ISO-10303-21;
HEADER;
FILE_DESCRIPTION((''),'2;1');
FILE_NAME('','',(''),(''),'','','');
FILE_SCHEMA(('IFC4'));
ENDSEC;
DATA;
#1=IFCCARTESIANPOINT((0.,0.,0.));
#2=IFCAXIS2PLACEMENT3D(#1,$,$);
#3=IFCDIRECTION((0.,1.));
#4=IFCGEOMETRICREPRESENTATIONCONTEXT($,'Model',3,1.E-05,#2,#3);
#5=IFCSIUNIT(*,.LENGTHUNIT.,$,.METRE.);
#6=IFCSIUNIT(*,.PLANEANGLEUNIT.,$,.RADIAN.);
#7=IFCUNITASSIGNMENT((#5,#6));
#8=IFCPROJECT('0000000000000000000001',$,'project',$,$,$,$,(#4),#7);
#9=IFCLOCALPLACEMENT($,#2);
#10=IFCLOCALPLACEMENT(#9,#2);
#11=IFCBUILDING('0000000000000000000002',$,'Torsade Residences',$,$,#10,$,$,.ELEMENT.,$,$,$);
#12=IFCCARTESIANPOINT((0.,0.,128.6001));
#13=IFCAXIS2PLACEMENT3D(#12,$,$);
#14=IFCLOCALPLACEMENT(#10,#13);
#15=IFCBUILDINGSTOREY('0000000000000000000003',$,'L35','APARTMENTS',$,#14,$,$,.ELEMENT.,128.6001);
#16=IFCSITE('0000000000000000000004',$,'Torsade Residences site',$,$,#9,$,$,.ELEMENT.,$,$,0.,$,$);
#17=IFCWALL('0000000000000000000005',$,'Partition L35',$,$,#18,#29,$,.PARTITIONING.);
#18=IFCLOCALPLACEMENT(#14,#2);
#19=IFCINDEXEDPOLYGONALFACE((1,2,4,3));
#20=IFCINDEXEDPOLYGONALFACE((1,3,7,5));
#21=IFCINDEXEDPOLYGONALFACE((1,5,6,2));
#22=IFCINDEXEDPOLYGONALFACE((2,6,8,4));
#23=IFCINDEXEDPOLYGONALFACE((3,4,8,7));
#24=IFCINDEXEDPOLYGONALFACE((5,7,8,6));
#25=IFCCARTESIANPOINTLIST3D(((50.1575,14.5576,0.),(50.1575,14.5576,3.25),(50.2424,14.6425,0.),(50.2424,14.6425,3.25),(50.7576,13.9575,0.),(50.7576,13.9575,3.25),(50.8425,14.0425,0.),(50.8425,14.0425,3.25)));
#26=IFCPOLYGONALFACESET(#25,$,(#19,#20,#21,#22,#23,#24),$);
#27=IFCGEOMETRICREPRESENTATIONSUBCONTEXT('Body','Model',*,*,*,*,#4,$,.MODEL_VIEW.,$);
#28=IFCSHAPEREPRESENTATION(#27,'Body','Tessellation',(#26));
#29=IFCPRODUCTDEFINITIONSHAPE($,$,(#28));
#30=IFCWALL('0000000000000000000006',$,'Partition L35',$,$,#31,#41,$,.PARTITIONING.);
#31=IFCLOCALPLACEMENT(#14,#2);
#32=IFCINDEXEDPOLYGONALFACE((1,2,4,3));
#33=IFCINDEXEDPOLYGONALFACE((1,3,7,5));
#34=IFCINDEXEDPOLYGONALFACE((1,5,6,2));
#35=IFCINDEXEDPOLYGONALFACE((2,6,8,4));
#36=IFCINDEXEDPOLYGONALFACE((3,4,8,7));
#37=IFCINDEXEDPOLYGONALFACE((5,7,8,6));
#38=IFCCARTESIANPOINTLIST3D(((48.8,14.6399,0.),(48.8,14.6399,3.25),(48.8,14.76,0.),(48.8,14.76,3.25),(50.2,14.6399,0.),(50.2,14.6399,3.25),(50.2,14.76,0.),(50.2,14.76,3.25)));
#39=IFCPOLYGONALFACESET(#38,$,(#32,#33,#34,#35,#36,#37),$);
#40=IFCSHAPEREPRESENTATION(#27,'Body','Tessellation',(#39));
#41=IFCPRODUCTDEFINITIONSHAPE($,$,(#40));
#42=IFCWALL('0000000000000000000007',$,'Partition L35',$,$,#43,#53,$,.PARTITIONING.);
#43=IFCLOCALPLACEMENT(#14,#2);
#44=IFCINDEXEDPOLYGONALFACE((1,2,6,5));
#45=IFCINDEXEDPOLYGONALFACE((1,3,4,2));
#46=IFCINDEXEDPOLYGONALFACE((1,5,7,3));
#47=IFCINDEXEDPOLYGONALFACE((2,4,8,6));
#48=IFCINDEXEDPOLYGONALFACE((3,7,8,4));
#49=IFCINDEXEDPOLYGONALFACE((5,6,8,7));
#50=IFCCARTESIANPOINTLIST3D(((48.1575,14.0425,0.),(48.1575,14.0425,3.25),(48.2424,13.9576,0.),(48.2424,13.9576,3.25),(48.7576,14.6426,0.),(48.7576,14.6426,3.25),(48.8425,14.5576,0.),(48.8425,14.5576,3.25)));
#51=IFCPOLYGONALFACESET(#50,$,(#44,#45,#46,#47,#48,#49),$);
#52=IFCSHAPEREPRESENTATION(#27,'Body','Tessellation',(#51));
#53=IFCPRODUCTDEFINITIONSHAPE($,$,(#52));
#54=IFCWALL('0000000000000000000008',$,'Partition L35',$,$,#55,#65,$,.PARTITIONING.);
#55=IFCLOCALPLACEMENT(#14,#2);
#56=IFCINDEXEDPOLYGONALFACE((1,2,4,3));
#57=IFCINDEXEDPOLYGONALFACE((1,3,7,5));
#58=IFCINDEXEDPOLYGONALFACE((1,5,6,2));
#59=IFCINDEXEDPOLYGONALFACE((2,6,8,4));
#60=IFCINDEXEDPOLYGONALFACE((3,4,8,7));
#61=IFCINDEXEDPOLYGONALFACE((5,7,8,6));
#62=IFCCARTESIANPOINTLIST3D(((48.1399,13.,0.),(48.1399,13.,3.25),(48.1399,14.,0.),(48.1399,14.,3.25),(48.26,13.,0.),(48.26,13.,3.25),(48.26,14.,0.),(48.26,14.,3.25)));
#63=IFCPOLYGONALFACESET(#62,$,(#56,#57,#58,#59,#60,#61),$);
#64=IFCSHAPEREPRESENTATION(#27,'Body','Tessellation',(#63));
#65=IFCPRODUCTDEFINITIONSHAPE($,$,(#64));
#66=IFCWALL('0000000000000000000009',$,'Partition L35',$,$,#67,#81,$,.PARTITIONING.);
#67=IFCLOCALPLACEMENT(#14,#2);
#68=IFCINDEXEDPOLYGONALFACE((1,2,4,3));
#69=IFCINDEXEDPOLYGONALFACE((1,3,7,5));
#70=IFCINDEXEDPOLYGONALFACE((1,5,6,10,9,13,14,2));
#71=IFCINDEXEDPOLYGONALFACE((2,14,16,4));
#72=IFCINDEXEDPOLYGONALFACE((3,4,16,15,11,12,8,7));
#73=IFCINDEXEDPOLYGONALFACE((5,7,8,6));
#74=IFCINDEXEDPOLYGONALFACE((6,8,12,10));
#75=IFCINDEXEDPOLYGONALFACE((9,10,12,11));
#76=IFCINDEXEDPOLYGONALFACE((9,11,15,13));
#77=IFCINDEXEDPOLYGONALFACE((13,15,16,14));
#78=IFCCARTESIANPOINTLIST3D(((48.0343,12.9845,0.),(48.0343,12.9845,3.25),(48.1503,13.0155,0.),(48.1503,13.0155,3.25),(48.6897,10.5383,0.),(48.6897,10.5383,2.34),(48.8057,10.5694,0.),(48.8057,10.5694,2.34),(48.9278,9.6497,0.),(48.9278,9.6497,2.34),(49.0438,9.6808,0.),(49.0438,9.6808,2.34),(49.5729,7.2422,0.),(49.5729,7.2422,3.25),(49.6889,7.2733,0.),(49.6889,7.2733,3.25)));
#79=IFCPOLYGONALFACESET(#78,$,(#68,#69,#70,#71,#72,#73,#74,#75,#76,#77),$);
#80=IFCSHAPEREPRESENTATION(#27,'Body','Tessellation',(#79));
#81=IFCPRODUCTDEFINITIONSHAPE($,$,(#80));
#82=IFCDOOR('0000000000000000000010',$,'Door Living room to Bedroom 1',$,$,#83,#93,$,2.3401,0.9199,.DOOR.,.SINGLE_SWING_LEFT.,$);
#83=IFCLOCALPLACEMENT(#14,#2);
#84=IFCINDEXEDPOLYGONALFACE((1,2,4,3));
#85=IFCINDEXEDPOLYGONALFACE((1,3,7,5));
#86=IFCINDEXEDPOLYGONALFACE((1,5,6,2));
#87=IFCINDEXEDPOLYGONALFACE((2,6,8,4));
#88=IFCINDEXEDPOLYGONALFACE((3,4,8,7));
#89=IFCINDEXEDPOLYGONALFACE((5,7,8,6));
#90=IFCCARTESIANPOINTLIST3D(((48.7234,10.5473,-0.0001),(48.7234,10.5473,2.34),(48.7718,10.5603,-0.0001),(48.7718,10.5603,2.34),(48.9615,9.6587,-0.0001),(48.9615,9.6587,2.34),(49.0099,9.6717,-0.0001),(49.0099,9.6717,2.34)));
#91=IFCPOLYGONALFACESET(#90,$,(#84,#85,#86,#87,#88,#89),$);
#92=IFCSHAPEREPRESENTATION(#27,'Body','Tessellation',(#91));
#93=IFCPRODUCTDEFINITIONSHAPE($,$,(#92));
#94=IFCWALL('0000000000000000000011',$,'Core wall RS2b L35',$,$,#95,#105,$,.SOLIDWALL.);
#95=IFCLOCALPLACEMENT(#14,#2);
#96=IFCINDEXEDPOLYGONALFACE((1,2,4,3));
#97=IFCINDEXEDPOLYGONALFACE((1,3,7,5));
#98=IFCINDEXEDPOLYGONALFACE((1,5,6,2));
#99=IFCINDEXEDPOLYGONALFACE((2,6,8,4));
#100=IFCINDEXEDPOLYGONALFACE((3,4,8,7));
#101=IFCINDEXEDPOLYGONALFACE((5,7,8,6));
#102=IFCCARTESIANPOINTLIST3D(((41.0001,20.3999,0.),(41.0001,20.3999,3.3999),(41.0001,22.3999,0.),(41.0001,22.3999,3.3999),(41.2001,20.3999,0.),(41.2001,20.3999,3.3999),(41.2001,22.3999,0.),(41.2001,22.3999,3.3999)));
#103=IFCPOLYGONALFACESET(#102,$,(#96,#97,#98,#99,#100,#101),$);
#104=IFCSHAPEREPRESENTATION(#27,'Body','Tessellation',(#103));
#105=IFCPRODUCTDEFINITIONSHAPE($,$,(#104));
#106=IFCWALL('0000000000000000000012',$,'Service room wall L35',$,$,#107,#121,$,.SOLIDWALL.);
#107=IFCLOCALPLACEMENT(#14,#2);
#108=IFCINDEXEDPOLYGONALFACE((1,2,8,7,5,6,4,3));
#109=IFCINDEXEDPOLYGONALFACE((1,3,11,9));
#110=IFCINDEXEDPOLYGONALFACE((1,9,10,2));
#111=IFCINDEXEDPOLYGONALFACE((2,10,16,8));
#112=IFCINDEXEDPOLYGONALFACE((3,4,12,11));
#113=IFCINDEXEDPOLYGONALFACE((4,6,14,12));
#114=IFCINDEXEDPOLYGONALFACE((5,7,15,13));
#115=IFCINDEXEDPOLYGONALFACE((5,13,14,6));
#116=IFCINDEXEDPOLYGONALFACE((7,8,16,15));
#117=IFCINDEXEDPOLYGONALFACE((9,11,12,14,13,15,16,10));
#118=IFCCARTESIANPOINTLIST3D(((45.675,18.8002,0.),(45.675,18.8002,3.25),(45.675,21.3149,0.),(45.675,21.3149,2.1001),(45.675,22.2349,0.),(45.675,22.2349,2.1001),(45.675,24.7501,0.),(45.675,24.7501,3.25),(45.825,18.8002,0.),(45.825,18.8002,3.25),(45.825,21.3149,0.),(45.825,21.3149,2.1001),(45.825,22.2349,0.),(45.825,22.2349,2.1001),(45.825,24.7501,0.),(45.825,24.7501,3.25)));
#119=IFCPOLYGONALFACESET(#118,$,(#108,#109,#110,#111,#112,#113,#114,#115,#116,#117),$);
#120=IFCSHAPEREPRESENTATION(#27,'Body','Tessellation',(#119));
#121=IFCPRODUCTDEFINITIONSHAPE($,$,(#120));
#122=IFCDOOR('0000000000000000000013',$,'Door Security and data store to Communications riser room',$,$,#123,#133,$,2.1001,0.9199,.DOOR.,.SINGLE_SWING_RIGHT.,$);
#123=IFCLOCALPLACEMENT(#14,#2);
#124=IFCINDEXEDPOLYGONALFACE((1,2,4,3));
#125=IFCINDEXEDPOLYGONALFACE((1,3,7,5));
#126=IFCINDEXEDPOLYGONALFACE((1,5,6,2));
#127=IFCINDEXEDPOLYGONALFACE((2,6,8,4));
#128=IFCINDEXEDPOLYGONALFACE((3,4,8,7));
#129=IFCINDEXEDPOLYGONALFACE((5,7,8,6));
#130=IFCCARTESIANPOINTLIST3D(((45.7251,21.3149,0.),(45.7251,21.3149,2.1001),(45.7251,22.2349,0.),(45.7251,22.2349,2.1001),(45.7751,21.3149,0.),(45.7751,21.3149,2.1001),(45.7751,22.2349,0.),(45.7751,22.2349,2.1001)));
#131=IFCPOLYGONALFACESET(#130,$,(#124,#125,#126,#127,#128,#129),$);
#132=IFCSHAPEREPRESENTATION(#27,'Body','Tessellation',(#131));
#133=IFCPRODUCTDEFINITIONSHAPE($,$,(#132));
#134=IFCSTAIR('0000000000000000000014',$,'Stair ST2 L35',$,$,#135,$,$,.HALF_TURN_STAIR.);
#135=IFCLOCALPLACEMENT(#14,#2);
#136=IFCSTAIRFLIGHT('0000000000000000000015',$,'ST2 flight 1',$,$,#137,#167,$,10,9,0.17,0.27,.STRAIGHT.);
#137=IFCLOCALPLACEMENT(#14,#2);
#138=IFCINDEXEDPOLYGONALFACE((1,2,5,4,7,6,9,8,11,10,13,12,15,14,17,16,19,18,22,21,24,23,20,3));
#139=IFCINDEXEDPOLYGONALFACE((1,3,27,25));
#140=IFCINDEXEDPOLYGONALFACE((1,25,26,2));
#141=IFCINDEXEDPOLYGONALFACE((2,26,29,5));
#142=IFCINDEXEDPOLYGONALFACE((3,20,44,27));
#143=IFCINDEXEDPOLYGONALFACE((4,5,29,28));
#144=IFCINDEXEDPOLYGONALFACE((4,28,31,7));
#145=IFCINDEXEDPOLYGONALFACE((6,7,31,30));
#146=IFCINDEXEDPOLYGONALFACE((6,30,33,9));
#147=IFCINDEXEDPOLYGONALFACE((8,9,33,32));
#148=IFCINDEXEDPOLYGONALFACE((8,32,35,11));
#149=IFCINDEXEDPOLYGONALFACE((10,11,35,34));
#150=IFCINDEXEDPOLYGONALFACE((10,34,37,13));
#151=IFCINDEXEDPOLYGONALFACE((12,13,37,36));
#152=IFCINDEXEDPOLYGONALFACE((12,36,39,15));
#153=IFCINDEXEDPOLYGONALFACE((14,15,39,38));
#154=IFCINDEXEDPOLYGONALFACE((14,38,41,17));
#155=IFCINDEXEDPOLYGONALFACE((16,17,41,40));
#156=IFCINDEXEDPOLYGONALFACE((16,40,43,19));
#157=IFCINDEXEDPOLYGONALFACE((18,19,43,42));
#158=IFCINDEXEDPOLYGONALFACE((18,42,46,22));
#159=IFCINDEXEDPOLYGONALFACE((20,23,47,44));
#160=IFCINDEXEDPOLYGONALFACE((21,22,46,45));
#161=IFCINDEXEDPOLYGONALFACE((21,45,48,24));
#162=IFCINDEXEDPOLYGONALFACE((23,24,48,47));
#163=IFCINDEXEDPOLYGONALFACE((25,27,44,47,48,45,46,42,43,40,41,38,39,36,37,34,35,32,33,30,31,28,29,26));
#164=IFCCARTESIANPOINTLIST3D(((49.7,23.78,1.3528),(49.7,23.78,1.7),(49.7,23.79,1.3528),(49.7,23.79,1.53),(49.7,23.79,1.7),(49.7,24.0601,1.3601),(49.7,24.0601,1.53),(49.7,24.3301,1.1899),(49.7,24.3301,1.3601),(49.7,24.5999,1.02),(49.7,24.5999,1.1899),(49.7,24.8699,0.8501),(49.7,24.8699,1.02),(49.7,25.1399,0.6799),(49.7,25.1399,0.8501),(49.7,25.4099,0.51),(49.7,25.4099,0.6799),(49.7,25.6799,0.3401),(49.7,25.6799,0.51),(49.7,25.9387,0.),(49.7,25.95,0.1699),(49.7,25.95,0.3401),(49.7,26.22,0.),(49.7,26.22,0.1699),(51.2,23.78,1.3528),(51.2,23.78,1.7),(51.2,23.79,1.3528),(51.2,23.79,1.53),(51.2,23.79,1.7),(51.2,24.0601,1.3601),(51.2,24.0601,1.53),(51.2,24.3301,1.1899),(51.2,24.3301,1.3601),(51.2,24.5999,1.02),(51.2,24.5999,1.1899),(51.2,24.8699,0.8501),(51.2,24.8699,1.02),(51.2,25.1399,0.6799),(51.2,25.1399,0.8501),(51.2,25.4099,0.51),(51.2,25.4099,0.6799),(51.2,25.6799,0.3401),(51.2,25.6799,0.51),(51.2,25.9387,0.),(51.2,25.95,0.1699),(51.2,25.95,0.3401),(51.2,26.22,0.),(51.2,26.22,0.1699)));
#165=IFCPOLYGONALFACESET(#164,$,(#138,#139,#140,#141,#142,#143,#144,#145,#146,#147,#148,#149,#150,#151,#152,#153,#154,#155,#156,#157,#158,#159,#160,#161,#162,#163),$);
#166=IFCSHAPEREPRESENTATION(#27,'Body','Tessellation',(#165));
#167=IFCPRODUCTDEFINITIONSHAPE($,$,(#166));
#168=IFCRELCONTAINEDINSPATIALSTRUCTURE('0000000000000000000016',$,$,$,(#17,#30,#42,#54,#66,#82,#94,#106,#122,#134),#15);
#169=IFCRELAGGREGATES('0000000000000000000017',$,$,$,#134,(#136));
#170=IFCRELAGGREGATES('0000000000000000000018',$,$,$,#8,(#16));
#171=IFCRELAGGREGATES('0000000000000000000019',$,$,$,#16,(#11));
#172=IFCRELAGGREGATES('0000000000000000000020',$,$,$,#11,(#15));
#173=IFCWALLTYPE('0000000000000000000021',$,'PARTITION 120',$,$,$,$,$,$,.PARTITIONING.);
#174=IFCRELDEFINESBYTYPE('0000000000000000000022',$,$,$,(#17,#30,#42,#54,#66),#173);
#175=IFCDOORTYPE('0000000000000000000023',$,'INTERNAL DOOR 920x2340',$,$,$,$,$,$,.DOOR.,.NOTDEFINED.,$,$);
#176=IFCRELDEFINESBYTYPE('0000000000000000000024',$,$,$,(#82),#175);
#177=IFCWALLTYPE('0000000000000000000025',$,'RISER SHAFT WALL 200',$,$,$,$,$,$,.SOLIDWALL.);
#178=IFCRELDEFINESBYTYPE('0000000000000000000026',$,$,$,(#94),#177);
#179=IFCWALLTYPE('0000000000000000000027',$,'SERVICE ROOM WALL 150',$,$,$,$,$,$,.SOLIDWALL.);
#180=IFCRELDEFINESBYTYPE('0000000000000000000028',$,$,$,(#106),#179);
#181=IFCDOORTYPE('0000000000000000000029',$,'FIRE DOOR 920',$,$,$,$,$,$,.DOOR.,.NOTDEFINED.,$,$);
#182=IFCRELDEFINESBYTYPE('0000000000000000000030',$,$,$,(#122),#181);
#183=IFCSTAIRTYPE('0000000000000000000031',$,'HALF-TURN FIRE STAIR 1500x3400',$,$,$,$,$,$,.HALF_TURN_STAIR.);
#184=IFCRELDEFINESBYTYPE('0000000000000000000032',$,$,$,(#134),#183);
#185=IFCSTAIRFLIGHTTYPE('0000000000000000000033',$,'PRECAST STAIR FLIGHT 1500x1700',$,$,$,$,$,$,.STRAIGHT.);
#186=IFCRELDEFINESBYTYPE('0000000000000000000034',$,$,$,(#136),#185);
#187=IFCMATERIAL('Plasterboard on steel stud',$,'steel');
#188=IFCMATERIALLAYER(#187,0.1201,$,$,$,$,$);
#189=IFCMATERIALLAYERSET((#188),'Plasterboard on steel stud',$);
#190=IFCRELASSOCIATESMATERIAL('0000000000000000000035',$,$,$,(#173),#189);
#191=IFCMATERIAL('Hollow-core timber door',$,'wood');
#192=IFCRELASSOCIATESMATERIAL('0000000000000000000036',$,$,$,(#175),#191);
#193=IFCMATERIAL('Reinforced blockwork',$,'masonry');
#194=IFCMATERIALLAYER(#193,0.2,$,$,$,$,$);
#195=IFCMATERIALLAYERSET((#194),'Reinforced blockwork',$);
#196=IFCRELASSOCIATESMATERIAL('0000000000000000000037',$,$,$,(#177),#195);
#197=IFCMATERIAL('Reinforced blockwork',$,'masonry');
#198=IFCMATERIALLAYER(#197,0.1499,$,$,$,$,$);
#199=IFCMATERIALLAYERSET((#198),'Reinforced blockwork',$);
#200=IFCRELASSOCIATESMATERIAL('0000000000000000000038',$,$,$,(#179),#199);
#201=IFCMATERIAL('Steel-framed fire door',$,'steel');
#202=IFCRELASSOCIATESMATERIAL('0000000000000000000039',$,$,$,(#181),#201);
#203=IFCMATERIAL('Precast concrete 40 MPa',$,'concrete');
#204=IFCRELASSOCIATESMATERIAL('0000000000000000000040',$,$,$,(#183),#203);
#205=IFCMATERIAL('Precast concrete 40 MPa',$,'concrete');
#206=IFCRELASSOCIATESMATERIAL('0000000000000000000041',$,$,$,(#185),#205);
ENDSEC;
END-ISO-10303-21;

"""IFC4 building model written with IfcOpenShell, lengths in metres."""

from ifc_helpers import new_model, si_unit, direction, frame, frame_2d, origin, place, context, subcontext, project, spatial, polyline, rectangle, outline, extrude, material, layer, layer_set, type_object, element, fill, aggregate, save


model = new_model("IFC4")

# Units and contexts
model_context = context("Model", 3, precision=1e-05, world=origin(), true_north=direction((0.0, 1.0)))
body_context = subcontext(model_context, "Body", "Model", "MODEL_VIEW")
ifc_project = project(units=[si_unit("LENGTHUNIT", "METRE"), si_unit("PLANEANGLEUNIT", "RADIAN")], contexts=[model_context])

# Site, building, storey
site_placement = place(None, origin())
site = spatial("IfcSite", under=ifc_project, at=site_placement, Name="Torsade Residences site", CompositionType="ELEMENT", RefElevation=0.0)
building_placement = place(site_placement, origin())
building = spatial("IfcBuilding", under=site, at=building_placement, Name="Torsade Residences", CompositionType="ELEMENT")
storey_placement = place(building_placement, frame((0.0, 0.0, 128.6001)))
storey = spatial("IfcBuildingStorey", under=building, at=storey_placement, Name="L35", Description="APARTMENTS", CompositionType="ELEMENT", Elevation=128.6001)

# Shared definitions
ifc_material_1 = material(Name="Plasterboard on steel stud", Category="steel")
ifc_layer_1 = layer(ifc_material_1, 0.1201)
ifc_layer_set_1 = layer_set([ifc_layer_1], Name="Plasterboard on steel stud")
wall_type_1 = type_object("IfcWallType", Name="PARTITION 120", PredefinedType="PARTITIONING", material=ifc_layer_set_1)

# Walls
wall_1_placement = place(storey_placement, frame((50.8, 14.0, 0.0), z_axis=(0.0, 0.0, 1.0), x_axis=(-0.707107, 0.707107, 0.0)))
element("IfcWall", 1, at=wall_1_placement, inside=storey, type_object=wall_type_1, Name="Partition L35", PredefinedType="PARTITIONING", context=body_context, shape_type="SweptSolid", body=[
    extrude(rectangle(XDim=0.8486, YDim=0.1201, at=frame_2d((0.4243, 0.0))), origin(), (0.0, 0.0, 1.0), 3.25),
])
wall_2_placement = place(storey_placement, frame((50.2, 14.7, 0.0), z_axis=(0.0, 0.0, 1.0), x_axis=(-1.0, 0.0, 0.0)))
element("IfcWall", 2, at=wall_2_placement, inside=storey, type_object=wall_type_1, Name="Partition L35", PredefinedType="PARTITIONING", context=body_context, shape_type="SweptSolid", body=[
    extrude(rectangle(XDim=1.3999, YDim=0.1201, at=frame_2d((0.7, 0.0))), origin(), (0.0, 0.0, 1.0), 3.25),
])
wall_3_placement = place(storey_placement, frame((48.8, 14.6001, 0.0), z_axis=(0.0, 0.0, 1.0), x_axis=(-0.707107, -0.707107, 0.0)))
element("IfcWall", 3, at=wall_3_placement, inside=storey, type_object=wall_type_1, Name="Partition L35", PredefinedType="PARTITIONING", context=body_context, shape_type="SweptSolid", body=[
    extrude(rectangle(XDim=0.8486, YDim=0.1201, at=frame_2d((0.4243, 0.0))), origin(), (0.0, 0.0, 1.0), 3.25),
])
wall_4_placement = place(storey_placement, frame((48.2, 14.0, 0.0), z_axis=(0.0, 0.0, 1.0), x_axis=(0.0, -1.0, 0.0)))
element("IfcWall", 4, at=wall_4_placement, inside=storey, type_object=wall_type_1, Name="Partition L35", PredefinedType="PARTITIONING", context=body_context, shape_type="SweptSolid", body=[
    extrude(rectangle(XDim=1.0, YDim=0.1201, at=frame_2d((0.5, 0.0))), origin(), (0.0, 0.0, 1.0), 3.25),
])

# Wall, opening, door
wall_5_placement = place(storey_placement, frame((48.0923, 13.0, 0.0), z_axis=(0.0, 0.0, 1.0), x_axis=(0.258813, -0.965928, 0.0)))
wall_5 = element("IfcWall", 5, at=wall_5_placement, inside=storey, type_object=wall_type_1, Name="Partition L35", PredefinedType="PARTITIONING", context=body_context, shape_type="SweptSolid", body=[
    extrude(rectangle(XDim=5.9448, YDim=0.1201, at=frame_2d((2.9724, 0.0))), origin(), (0.0, 0.0, 1.0), 3.25),
])
opening_1_placement = place(wall_5_placement, frame((2.5325, 0.0, 0.0)))
opening_1 = element("IfcOpeningElement", 6, at=opening_1_placement, cuts=wall_5, PredefinedType="OPENING", context=body_context, shape_type="SweptSolid", body=[
    extrude(rectangle(XDim=0.9199, YDim=2.3401, at=frame_2d((0.46, 1.1699))), frame((0.0, 0.0701, 0.0), z_axis=(0.0, -1.0, 0.0), x_axis=(1.0, 0.0, 0.0)), (0.0, 0.0, 1.0), 0.1401),
])
ifc_material_2 = material(Name="Hollow-core timber door", Category="wood")
door_type_1 = type_object("IfcDoorType", Name="INTERNAL DOOR 920x2340", OperationType="NOTDEFINED", PredefinedType="DOOR", material=ifc_material_2)
door_1_placement = place(opening_1_placement, origin())
door_1 = element("IfcDoor", 7, at=door_1_placement, inside=storey, type_object=door_type_1, Name="Door Living room to Bedroom 1", OperationType="SINGLE_SWING_LEFT", OverallHeight=2.3401, OverallWidth=0.9199, PredefinedType="DOOR", context=body_context, shape_type="SweptSolid", body=[
    extrude(rectangle(XDim=0.9199, YDim=2.3401, at=frame_2d((0.46, 1.1699))), frame((0.0, 0.0249, 0.0), z_axis=(0.0, -1.0, 0.0), x_axis=(1.0, 0.0, 0.0)), (0.0, 0.0, 1.0), 0.05),
])
fill(opening_1, door_1)

# Wall
ifc_material_3 = material(Name="Reinforced blockwork", Category="masonry")
ifc_layer_2 = layer(ifc_material_3, 0.2)
ifc_layer_set_2 = layer_set([ifc_layer_2], Name="Reinforced blockwork")
wall_type_2 = type_object("IfcWallType", Name="RISER SHAFT WALL 200", PredefinedType="SOLIDWALL", material=ifc_layer_set_2)
wall_6_placement = place(storey_placement, frame((41.1001, 22.3999, 0.0), z_axis=(0.0, 0.0, 1.0), x_axis=(0.0, -1.0, 0.0)))
element("IfcWall", 8, at=wall_6_placement, inside=storey, type_object=wall_type_2, Name="Core wall RS2b L35", PredefinedType="SOLIDWALL", context=body_context, shape_type="SweptSolid", body=[
    extrude(rectangle(XDim=2.0, YDim=0.2, at=frame_2d((1.0, 0.0))), origin(), (0.0, 0.0, 1.0), 3.3999),
])

# Wall, opening, door
ifc_material_4 = material(Name="Reinforced blockwork", Category="masonry")
ifc_layer_3 = layer(ifc_material_4, 0.1499)
ifc_layer_set_3 = layer_set([ifc_layer_3], Name="Reinforced blockwork")
wall_type_3 = type_object("IfcWallType", Name="SERVICE ROOM WALL 150", PredefinedType="SOLIDWALL", material=ifc_layer_set_3)
wall_7_placement = place(storey_placement, frame((45.75, 18.8, 0.0), z_axis=(0.0, 0.0, 1.0), x_axis=(0.0, 1.0, 0.0)))
wall_7 = element("IfcWall", 9, at=wall_7_placement, inside=storey, type_object=wall_type_3, Name="Service room wall L35", PredefinedType="SOLIDWALL", context=body_context, shape_type="SweptSolid", body=[
    extrude(rectangle(XDim=5.95, YDim=0.1499, at=frame_2d((2.9751, 0.0))), origin(), (0.0, 0.0, 1.0), 3.25),
])
opening_2_placement = place(wall_7_placement, frame((2.5149, 0.0, 0.0)))
opening_2 = element("IfcOpeningElement", 10, at=opening_2_placement, cuts=wall_7, PredefinedType="OPENING", context=body_context, shape_type="SweptSolid", body=[
    extrude(rectangle(XDim=0.9199, YDim=2.1001, at=frame_2d((0.46, 1.05))), frame((0.0, 0.085, 0.0), z_axis=(0.0, -1.0, 0.0), x_axis=(1.0, 0.0, 0.0)), (0.0, 0.0, 1.0), 0.1699),
])
ifc_material_5 = material(Name="Steel-framed fire door", Category="steel")
door_type_2 = type_object("IfcDoorType", Name="FIRE DOOR 920", OperationType="NOTDEFINED", PredefinedType="DOOR", material=ifc_material_5)
door_2_placement = place(opening_2_placement, origin())
door_2 = element("IfcDoor", 11, at=door_2_placement, inside=storey, type_object=door_type_2, Name="Door Security and data store to Communications riser room", OperationType="SINGLE_SWING_RIGHT", OverallHeight=2.1001, OverallWidth=0.9199, PredefinedType="DOOR", context=body_context, shape_type="SweptSolid", body=[
    extrude(rectangle(XDim=0.9199, YDim=2.1001, at=frame_2d((0.46, 1.05))), frame((0.0, 0.0249, 0.0), z_axis=(0.0, -1.0, 0.0), x_axis=(1.0, 0.0, 0.0)), (0.0, 0.0, 1.0), 0.05),
])
fill(opening_2, door_2)

# Stair, stair flight
ifc_material_6 = material(Name="Precast concrete 40 MPa", Category="concrete")
stair_type = type_object("IfcStairType", Name="HALF-TURN FIRE STAIR 1500x3400", PredefinedType="HALF_TURN_STAIR", material=ifc_material_6)
stair_placement = place(storey_placement, origin())
stair = element("IfcStair", 12, at=stair_placement, inside=storey, type_object=stair_type, Name="Stair ST2 L35", PredefinedType="HALF_TURN_STAIR")
ifc_material_7 = material(Name="Precast concrete 40 MPa", Category="concrete")
stair_flight_type = type_object("IfcStairFlightType", Name="PRECAST STAIR FLIGHT 1500x1700", PredefinedType="STRAIGHT", material=ifc_material_7)
stair_flight_1_placement = place(storey_placement, frame((50.45, 26.22, 0.0), z_axis=(0.0, 0.0, 1.0), x_axis=(0.0, -1.0, 0.0)))
stair_flight_1 = element("IfcStairFlight", 13, at=stair_flight_1_placement, type_object=stair_flight_type, Name="ST2 flight 1", NumberOfRisers=10, NumberOfTreads=9, PredefinedType="STRAIGHT", RiserHeight=0.17, TreadLength=0.27, context=body_context, shape_type="SweptSolid", body=[
    extrude(outline(polyline([(0.0, 0.0), (0.0, 0.1699), (0.27, 0.1699), (0.27, 0.3401), (0.54, 0.3401), (0.54, 0.51), (0.8101, 0.51), (0.8101, 0.6799), (1.0801, 0.6799), (1.0801, 0.8501), (1.3501, 0.8501), (1.3501, 1.02), (1.6201, 1.02), (1.6201, 1.1899), (1.8899, 1.1899), (1.8899, 1.3601), (2.1599, 1.3601), (2.1599, 1.53), (2.4299, 1.53), (2.4299, 1.7), (2.4399, 1.7), (2.4399, 1.3528), (2.4299, 1.3528), (0.2812, 0.0), (0.0, 0.0)])), frame((0.0, 0.75, 0.0), z_axis=(0.0, -1.0, 0.0), x_axis=(1.0, 0.0, 0.0)), (0.0, 0.0, 1.0), 1.5),
])
aggregate(stair, [stair_flight_1])

save(model, "model.ifc")
